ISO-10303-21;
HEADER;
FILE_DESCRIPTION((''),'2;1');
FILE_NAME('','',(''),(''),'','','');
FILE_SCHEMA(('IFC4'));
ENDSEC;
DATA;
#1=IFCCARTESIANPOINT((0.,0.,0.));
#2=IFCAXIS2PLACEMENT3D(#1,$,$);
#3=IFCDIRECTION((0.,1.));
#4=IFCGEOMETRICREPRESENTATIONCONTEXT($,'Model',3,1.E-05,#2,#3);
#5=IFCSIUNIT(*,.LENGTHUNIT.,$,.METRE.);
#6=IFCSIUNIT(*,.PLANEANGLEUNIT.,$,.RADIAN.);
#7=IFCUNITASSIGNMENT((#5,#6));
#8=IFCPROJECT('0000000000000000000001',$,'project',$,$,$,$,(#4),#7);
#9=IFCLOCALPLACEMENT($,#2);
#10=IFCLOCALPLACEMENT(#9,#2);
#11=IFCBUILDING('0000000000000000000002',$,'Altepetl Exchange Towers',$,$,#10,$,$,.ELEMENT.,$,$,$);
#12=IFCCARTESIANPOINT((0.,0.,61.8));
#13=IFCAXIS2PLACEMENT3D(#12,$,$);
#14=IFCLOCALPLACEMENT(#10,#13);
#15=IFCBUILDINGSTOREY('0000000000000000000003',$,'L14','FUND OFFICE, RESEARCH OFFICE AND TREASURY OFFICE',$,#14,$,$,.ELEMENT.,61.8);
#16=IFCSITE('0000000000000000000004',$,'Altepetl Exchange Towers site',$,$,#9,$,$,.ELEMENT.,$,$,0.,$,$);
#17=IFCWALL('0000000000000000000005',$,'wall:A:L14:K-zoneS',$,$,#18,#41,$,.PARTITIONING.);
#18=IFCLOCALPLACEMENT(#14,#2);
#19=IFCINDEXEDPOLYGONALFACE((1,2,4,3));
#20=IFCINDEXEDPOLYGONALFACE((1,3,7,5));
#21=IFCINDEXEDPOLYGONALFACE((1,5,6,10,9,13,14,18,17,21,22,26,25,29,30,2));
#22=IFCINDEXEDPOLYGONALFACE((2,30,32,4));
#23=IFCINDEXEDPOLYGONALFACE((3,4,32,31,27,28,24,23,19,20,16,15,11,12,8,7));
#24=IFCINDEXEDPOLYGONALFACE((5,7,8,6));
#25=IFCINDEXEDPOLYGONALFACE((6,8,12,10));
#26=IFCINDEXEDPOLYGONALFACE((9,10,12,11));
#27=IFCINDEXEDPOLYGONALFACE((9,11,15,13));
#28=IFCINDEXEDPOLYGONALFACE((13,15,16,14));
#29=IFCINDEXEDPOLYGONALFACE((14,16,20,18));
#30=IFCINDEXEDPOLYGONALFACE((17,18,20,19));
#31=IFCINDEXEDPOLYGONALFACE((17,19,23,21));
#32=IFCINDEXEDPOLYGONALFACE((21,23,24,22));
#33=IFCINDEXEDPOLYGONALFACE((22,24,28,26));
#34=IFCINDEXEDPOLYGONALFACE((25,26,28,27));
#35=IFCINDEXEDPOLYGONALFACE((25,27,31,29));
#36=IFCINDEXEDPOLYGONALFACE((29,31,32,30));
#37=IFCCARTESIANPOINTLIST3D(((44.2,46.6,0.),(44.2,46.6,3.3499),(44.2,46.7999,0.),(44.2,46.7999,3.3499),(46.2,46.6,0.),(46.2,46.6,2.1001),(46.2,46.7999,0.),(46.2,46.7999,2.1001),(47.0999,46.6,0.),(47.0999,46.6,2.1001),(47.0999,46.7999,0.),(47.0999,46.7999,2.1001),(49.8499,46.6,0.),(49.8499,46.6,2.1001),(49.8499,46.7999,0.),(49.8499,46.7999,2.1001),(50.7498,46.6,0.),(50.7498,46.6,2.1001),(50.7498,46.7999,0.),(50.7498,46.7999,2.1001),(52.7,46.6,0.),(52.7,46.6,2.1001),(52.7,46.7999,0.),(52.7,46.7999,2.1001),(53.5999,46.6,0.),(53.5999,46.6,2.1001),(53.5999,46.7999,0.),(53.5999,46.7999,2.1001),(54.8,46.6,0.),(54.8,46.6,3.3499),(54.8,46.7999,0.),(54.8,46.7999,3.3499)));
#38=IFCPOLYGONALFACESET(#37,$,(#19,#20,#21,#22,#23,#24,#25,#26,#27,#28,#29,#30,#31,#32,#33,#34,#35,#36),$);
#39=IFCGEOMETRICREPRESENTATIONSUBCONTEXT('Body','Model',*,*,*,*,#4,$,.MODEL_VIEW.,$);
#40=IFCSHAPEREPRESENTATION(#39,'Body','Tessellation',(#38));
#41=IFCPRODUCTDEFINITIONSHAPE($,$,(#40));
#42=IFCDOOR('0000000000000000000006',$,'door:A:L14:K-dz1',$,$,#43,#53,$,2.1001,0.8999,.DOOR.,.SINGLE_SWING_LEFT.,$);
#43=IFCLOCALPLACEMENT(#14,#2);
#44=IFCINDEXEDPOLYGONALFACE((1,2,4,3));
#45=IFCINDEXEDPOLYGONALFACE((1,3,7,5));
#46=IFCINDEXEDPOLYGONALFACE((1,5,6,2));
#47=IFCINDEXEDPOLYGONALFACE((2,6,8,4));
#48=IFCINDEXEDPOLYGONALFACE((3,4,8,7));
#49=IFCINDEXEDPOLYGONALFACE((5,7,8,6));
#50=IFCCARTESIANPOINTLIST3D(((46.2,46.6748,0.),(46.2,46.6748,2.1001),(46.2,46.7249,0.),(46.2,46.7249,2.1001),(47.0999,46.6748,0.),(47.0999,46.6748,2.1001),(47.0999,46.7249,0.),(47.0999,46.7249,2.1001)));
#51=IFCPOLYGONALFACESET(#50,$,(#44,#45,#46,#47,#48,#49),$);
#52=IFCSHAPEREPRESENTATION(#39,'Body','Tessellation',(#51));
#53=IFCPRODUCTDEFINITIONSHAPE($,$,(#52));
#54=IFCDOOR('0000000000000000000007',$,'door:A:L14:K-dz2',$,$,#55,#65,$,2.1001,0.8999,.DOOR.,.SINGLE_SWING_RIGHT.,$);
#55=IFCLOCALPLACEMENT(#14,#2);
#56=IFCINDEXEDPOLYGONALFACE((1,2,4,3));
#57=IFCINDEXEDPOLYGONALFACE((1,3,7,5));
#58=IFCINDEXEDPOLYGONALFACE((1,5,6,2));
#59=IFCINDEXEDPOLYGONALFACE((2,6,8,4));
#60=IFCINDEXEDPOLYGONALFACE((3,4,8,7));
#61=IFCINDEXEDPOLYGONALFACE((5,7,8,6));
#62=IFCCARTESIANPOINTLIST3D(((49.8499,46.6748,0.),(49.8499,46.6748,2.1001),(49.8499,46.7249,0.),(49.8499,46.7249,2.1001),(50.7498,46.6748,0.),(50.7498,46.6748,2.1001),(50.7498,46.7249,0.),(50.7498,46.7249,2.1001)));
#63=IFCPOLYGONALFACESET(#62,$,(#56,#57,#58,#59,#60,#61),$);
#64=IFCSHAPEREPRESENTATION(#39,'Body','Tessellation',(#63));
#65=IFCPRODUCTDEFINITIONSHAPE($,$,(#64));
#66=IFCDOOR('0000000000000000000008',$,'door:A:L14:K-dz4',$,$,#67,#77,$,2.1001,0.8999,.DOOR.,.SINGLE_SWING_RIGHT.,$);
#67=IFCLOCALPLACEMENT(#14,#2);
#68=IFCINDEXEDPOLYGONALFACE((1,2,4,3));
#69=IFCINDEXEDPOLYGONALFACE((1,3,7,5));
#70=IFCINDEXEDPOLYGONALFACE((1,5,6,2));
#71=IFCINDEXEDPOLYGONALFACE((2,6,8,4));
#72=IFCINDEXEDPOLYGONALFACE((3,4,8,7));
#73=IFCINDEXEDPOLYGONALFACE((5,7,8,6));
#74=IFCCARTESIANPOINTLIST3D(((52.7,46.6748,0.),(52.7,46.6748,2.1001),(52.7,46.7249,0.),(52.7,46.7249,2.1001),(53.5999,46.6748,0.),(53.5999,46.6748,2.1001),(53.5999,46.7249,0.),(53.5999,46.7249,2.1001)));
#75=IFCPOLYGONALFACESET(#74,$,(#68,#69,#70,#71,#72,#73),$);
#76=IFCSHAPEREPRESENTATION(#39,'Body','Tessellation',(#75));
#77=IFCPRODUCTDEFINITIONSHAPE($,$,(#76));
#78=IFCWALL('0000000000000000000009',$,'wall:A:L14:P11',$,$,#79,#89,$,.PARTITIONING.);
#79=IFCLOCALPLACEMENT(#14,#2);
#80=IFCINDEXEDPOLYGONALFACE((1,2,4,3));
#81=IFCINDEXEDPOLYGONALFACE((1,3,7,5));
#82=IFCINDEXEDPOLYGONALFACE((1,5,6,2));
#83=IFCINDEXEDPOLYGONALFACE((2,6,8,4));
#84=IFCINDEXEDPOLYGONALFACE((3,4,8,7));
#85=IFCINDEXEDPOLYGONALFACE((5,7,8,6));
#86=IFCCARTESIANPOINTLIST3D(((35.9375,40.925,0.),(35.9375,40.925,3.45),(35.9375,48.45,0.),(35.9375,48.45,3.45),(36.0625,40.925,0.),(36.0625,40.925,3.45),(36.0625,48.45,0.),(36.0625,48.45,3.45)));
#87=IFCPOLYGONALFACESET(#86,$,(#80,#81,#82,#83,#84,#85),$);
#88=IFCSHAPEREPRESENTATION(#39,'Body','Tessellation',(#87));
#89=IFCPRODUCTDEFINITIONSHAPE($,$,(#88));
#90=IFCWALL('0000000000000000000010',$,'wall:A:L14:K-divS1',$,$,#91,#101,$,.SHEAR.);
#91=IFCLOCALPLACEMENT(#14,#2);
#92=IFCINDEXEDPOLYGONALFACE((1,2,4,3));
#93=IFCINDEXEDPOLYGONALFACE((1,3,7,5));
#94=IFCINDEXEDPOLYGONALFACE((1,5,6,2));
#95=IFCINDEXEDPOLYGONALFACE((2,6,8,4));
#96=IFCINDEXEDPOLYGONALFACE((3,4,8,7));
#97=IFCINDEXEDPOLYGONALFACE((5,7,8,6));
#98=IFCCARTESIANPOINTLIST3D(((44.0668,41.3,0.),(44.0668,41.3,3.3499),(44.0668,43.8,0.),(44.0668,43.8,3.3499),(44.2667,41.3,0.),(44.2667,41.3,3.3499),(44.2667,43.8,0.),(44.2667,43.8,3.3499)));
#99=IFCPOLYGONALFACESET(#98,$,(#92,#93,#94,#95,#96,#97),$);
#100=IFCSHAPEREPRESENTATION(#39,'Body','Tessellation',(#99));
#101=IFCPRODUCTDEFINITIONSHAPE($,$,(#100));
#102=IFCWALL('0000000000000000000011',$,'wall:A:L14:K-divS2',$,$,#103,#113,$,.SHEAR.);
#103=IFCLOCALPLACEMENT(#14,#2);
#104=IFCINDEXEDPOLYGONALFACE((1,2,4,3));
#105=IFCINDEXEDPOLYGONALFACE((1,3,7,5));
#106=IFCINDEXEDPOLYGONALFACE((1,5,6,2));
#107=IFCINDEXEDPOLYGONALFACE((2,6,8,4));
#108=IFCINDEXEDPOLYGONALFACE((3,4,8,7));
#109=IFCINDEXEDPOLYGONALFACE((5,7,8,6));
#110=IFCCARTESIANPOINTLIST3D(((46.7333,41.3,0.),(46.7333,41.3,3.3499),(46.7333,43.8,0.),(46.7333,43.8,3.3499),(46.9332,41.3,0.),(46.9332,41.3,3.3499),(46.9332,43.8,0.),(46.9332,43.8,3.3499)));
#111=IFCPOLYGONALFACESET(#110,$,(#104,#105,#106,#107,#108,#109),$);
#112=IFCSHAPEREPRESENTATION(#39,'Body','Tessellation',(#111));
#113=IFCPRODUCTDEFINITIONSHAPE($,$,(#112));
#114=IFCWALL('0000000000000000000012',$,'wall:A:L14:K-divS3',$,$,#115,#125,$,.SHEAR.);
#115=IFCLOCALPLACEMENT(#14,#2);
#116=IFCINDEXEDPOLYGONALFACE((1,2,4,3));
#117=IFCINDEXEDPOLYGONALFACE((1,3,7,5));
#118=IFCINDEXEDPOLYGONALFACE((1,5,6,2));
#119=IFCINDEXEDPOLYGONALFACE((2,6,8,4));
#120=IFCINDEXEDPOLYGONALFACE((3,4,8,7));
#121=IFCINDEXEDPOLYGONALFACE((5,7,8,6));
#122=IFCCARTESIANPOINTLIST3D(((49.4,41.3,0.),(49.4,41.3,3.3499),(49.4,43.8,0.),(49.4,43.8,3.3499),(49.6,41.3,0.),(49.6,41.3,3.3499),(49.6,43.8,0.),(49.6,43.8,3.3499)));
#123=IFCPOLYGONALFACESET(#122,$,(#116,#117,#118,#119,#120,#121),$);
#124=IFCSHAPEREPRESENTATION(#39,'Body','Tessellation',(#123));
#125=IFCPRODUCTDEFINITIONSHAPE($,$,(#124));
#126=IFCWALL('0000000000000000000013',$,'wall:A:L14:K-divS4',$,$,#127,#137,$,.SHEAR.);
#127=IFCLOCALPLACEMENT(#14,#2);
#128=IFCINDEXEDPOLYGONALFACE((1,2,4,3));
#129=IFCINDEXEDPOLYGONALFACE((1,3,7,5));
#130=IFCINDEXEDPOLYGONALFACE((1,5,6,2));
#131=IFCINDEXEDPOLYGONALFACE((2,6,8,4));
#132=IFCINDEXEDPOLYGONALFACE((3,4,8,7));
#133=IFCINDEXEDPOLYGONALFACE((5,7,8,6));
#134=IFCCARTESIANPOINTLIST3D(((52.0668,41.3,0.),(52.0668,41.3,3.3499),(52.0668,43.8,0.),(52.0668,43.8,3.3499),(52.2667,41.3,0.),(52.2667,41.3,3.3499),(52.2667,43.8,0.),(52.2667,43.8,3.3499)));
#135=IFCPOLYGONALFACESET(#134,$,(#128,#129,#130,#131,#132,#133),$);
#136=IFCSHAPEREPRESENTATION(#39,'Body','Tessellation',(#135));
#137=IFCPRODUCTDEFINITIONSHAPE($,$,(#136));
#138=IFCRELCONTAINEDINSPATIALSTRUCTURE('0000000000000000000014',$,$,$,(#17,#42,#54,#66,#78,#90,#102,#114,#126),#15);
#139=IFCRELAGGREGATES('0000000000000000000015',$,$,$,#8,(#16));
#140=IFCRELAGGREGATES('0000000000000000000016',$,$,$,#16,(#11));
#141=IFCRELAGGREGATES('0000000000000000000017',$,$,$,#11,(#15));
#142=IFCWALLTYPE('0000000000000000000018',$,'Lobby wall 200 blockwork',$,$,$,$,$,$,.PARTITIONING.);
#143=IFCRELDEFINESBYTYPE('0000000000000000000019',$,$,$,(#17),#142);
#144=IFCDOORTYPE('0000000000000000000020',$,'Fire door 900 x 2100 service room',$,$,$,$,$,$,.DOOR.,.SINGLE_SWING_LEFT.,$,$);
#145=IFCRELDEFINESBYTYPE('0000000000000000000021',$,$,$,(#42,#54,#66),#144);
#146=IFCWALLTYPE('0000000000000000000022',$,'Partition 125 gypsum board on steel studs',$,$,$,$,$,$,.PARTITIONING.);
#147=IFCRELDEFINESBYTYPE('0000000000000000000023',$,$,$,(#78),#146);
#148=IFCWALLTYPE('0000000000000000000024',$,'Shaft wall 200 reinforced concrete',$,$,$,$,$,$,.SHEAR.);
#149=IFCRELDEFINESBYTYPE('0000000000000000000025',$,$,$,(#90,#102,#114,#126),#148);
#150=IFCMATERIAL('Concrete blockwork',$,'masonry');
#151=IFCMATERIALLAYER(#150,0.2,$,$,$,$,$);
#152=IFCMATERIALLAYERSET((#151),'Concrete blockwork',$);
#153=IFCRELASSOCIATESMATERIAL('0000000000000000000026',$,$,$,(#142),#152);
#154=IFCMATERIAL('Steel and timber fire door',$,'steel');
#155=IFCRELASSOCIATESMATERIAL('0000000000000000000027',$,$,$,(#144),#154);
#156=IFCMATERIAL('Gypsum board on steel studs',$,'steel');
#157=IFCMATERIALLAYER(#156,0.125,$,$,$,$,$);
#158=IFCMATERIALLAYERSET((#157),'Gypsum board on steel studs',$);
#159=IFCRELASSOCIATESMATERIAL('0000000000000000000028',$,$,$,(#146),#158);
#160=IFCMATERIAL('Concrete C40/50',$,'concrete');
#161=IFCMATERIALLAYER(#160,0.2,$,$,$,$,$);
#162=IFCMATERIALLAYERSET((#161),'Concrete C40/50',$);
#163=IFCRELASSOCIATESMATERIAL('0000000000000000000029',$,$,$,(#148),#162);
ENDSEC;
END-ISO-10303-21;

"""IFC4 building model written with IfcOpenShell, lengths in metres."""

from ifc_helpers import new_model, si_unit, direction, frame, frame_2d, origin, place, context, subcontext, project, spatial, rectangle, extrude, material, layer, layer_set, type_object, element, fill, save


model = new_model("IFC4")

# Units and contexts
model_context = context("Model", 3, precision=1e-05, world=origin(), true_north=direction((0.0, 1.0)))
body_context = subcontext(model_context, "Body", "Model", "MODEL_VIEW")
ifc_project = project(units=[si_unit("LENGTHUNIT", "METRE"), si_unit("PLANEANGLEUNIT", "RADIAN")], contexts=[model_context])

# Site, building, storey
site_placement = place(None, origin())
site = spatial("IfcSite", under=ifc_project, at=site_placement, Name="Altepetl Exchange Towers site", CompositionType="ELEMENT", RefElevation=0.0)
building_placement = place(site_placement, origin())
building = spatial("IfcBuilding", under=site, at=building_placement, Name="Altepetl Exchange Towers", CompositionType="ELEMENT")
storey_placement = place(building_placement, frame((0.0, 0.0, 61.8)))
storey = spatial("IfcBuildingStorey", under=building, at=storey_placement, Name="L14", Description="FUND OFFICE, RESEARCH OFFICE AND TREASURY OFFICE", CompositionType="ELEMENT", Elevation=61.8)

# Wall, openings, doors
ifc_material_1 = material(Name="Concrete blockwork", Category="masonry")
ifc_layer_1 = layer(ifc_material_1, 0.2)
ifc_layer_set_1 = layer_set([ifc_layer_1], Name="Concrete blockwork")
wall_type_1 = type_object("IfcWallType", Name="Lobby wall 200 blockwork", PredefinedType="PARTITIONING", material=ifc_layer_set_1)
wall_1_placement = place(storey_placement, frame((44.2, 46.7, 0.0)))
wall_1 = element("IfcWall", 1, at=wall_1_placement, inside=storey, type_object=wall_type_1, Name="wall:A:L14:K-zoneS", PredefinedType="PARTITIONING", context=body_context, shape_type="SweptSolid", body=[
    extrude(rectangle(XDim=10.6001, YDim=0.2, at=frame_2d((5.3, 0.0))), origin(), (0.0, 0.0, 1.0), 3.3499),
])
opening_1_placement = place(wall_1_placement, frame((2.0, 0.0, 0.0)))
opening_1 = element("IfcOpeningElement", 2, at=opening_1_placement, cuts=wall_1, PredefinedType="OPENING", context=body_context, shape_type="SweptSolid", body=[
    extrude(rectangle(XDim=0.8999, YDim=2.1001, at=frame_2d((0.45, 1.05))), frame((0.0, 0.1099, 0.0), z_axis=(0.0, -1.0, 0.0), x_axis=(1.0, 0.0, 0.0)), (0.0, 0.0, 1.0), 0.22),
])
opening_2_placement = place(wall_1_placement, frame((5.6499, 0.0, 0.0)))
opening_2 = element("IfcOpeningElement", 3, at=opening_2_placement, cuts=wall_1, PredefinedType="OPENING", context=body_context, shape_type="SweptSolid", body=[
    extrude(rectangle(XDim=0.8999, YDim=2.1001, at=frame_2d((0.45, 1.05))), frame((0.0, 0.1099, 0.0), z_axis=(0.0, -1.0, 0.0), x_axis=(1.0, 0.0, 0.0)), (0.0, 0.0, 1.0), 0.22),
])
opening_3_placement = place(wall_1_placement, frame((8.5, 0.0, 0.0)))
opening_3 = element("IfcOpeningElement", 4, at=opening_3_placement, cuts=wall_1, PredefinedType="OPENING", context=body_context, shape_type="SweptSolid", body=[
    extrude(rectangle(XDim=0.8999, YDim=2.1001, at=frame_2d((0.45, 1.05))), frame((0.0, 0.1099, 0.0), z_axis=(0.0, -1.0, 0.0), x_axis=(1.0, 0.0, 0.0)), (0.0, 0.0, 1.0), 0.22),
])
ifc_material_2 = material(Name="Steel and timber fire door", Category="steel")
door_type_1 = type_object("IfcDoorType", Name="Fire door 900 x 2100 service room", OperationType="SINGLE_SWING_LEFT", PredefinedType="DOOR", material=ifc_material_2)
door_1_placement = place(opening_1_placement, origin())
door_1 = element("IfcDoor", 5, at=door_1_placement, inside=storey, type_object=door_type_1, Name="door:A:L14:K-dz1", OperationType="SINGLE_SWING_LEFT", OverallHeight=2.1001, OverallWidth=0.8999, PredefinedType="DOOR", context=body_context, shape_type="SweptSolid", body=[
    extrude(rectangle(XDim=0.8999, YDim=2.1001, at=frame_2d((0.45, 1.05))), frame((0.0, 0.0249, 0.0), z_axis=(0.0, -1.0, 0.0), x_axis=(1.0, 0.0, 0.0)), (0.0, 0.0, 1.0), 0.05),
])
fill(opening_1, door_1)
door_2_placement = place(opening_2_placement, origin())
door_2 = element("IfcDoor", 6, at=door_2_placement, inside=storey, type_object=door_type_1, Name="door:A:L14:K-dz2", OperationType="SINGLE_SWING_RIGHT", OverallHeight=2.1001, OverallWidth=0.8999, PredefinedType="DOOR", context=body_context, shape_type="SweptSolid", body=[
    extrude(rectangle(XDim=0.8999, YDim=2.1001, at=frame_2d((0.45, 1.05))), frame((0.0, 0.0249, 0.0), z_axis=(0.0, -1.0, 0.0), x_axis=(1.0, 0.0, 0.0)), (0.0, 0.0, 1.0), 0.05),
])
fill(opening_2, door_2)
door_3_placement = place(opening_3_placement, origin())
door_3 = element("IfcDoor", 7, at=door_3_placement, inside=storey, type_object=door_type_1, Name="door:A:L14:K-dz4", OperationType="SINGLE_SWING_RIGHT", OverallHeight=2.1001, OverallWidth=0.8999, PredefinedType="DOOR", context=body_context, shape_type="SweptSolid", body=[
    extrude(rectangle(XDim=0.8999, YDim=2.1001, at=frame_2d((0.45, 1.05))), frame((0.0, 0.0249, 0.0), z_axis=(0.0, -1.0, 0.0), x_axis=(1.0, 0.0, 0.0)), (0.0, 0.0, 1.0), 0.05),
])
fill(opening_3, door_3)

# Walls
ifc_material_3 = material(Name="Gypsum board on steel studs", Category="steel")
ifc_layer_2 = layer(ifc_material_3, 0.125)
ifc_layer_set_2 = layer_set([ifc_layer_2], Name="Gypsum board on steel studs")
wall_type_2 = type_object("IfcWallType", Name="Partition 125 gypsum board on steel studs", PredefinedType="PARTITIONING", material=ifc_layer_set_2)
wall_2_placement = place(storey_placement, frame((36.0, 40.925, 0.0), z_axis=(0.0, 0.0, 1.0), x_axis=(0.0, 1.0, 0.0)))
element("IfcWall", 8, at=wall_2_placement, inside=storey, type_object=wall_type_2, Name="wall:A:L14:P11", PredefinedType="PARTITIONING", context=body_context, shape_type="SweptSolid", body=[
    extrude(rectangle(XDim=7.5249, YDim=0.125, at=frame_2d((3.7625, 0.0))), origin(), (0.0, 0.0, 1.0), 3.45),
])
ifc_material_4 = material(Name="Concrete C40/50", Category="concrete")
ifc_layer_3 = layer(ifc_material_4, 0.2)
ifc_layer_set_3 = layer_set([ifc_layer_3], Name="Concrete C40/50")
wall_type_3 = type_object("IfcWallType", Name="Shaft wall 200 reinforced concrete", PredefinedType="SHEAR", material=ifc_layer_set_3)
for number, where, z_axis, x_axis, name in (
    (9, (44.1667, 41.3, 0.0), (0.0, 0.0, 1.0), (0.0, 1.0, 0.0), "wall:A:L14:K-divS1"),
    (10, (46.8333, 41.3, 0.0), (0.0, 0.0, 1.0), (0.0, 1.0, 0.0), "wall:A:L14:K-divS2"),
    (11, (49.5, 41.3, 0.0), (0.0, 0.0, 1.0), (0.0, 1.0, 0.0), "wall:A:L14:K-divS3"),
    (12, (52.1667, 41.3, 0.0), (0.0, 0.0, 1.0), (0.0, 1.0, 0.0), "wall:A:L14:K-divS4"),
):
    element("IfcWall", number, at=place(storey_placement, frame(where, z_axis=z_axis, x_axis=x_axis)), inside=storey, type_object=wall_type_3, Name=name, PredefinedType="SHEAR", context=body_context, shape_type="SweptSolid", body=[
        extrude(rectangle(XDim=2.5, YDim=0.2, at=frame_2d((1.25, 0.0))), origin(), (0.0, 0.0, 1.0), 3.3499),
    ])

save(model, "model.ifc")
